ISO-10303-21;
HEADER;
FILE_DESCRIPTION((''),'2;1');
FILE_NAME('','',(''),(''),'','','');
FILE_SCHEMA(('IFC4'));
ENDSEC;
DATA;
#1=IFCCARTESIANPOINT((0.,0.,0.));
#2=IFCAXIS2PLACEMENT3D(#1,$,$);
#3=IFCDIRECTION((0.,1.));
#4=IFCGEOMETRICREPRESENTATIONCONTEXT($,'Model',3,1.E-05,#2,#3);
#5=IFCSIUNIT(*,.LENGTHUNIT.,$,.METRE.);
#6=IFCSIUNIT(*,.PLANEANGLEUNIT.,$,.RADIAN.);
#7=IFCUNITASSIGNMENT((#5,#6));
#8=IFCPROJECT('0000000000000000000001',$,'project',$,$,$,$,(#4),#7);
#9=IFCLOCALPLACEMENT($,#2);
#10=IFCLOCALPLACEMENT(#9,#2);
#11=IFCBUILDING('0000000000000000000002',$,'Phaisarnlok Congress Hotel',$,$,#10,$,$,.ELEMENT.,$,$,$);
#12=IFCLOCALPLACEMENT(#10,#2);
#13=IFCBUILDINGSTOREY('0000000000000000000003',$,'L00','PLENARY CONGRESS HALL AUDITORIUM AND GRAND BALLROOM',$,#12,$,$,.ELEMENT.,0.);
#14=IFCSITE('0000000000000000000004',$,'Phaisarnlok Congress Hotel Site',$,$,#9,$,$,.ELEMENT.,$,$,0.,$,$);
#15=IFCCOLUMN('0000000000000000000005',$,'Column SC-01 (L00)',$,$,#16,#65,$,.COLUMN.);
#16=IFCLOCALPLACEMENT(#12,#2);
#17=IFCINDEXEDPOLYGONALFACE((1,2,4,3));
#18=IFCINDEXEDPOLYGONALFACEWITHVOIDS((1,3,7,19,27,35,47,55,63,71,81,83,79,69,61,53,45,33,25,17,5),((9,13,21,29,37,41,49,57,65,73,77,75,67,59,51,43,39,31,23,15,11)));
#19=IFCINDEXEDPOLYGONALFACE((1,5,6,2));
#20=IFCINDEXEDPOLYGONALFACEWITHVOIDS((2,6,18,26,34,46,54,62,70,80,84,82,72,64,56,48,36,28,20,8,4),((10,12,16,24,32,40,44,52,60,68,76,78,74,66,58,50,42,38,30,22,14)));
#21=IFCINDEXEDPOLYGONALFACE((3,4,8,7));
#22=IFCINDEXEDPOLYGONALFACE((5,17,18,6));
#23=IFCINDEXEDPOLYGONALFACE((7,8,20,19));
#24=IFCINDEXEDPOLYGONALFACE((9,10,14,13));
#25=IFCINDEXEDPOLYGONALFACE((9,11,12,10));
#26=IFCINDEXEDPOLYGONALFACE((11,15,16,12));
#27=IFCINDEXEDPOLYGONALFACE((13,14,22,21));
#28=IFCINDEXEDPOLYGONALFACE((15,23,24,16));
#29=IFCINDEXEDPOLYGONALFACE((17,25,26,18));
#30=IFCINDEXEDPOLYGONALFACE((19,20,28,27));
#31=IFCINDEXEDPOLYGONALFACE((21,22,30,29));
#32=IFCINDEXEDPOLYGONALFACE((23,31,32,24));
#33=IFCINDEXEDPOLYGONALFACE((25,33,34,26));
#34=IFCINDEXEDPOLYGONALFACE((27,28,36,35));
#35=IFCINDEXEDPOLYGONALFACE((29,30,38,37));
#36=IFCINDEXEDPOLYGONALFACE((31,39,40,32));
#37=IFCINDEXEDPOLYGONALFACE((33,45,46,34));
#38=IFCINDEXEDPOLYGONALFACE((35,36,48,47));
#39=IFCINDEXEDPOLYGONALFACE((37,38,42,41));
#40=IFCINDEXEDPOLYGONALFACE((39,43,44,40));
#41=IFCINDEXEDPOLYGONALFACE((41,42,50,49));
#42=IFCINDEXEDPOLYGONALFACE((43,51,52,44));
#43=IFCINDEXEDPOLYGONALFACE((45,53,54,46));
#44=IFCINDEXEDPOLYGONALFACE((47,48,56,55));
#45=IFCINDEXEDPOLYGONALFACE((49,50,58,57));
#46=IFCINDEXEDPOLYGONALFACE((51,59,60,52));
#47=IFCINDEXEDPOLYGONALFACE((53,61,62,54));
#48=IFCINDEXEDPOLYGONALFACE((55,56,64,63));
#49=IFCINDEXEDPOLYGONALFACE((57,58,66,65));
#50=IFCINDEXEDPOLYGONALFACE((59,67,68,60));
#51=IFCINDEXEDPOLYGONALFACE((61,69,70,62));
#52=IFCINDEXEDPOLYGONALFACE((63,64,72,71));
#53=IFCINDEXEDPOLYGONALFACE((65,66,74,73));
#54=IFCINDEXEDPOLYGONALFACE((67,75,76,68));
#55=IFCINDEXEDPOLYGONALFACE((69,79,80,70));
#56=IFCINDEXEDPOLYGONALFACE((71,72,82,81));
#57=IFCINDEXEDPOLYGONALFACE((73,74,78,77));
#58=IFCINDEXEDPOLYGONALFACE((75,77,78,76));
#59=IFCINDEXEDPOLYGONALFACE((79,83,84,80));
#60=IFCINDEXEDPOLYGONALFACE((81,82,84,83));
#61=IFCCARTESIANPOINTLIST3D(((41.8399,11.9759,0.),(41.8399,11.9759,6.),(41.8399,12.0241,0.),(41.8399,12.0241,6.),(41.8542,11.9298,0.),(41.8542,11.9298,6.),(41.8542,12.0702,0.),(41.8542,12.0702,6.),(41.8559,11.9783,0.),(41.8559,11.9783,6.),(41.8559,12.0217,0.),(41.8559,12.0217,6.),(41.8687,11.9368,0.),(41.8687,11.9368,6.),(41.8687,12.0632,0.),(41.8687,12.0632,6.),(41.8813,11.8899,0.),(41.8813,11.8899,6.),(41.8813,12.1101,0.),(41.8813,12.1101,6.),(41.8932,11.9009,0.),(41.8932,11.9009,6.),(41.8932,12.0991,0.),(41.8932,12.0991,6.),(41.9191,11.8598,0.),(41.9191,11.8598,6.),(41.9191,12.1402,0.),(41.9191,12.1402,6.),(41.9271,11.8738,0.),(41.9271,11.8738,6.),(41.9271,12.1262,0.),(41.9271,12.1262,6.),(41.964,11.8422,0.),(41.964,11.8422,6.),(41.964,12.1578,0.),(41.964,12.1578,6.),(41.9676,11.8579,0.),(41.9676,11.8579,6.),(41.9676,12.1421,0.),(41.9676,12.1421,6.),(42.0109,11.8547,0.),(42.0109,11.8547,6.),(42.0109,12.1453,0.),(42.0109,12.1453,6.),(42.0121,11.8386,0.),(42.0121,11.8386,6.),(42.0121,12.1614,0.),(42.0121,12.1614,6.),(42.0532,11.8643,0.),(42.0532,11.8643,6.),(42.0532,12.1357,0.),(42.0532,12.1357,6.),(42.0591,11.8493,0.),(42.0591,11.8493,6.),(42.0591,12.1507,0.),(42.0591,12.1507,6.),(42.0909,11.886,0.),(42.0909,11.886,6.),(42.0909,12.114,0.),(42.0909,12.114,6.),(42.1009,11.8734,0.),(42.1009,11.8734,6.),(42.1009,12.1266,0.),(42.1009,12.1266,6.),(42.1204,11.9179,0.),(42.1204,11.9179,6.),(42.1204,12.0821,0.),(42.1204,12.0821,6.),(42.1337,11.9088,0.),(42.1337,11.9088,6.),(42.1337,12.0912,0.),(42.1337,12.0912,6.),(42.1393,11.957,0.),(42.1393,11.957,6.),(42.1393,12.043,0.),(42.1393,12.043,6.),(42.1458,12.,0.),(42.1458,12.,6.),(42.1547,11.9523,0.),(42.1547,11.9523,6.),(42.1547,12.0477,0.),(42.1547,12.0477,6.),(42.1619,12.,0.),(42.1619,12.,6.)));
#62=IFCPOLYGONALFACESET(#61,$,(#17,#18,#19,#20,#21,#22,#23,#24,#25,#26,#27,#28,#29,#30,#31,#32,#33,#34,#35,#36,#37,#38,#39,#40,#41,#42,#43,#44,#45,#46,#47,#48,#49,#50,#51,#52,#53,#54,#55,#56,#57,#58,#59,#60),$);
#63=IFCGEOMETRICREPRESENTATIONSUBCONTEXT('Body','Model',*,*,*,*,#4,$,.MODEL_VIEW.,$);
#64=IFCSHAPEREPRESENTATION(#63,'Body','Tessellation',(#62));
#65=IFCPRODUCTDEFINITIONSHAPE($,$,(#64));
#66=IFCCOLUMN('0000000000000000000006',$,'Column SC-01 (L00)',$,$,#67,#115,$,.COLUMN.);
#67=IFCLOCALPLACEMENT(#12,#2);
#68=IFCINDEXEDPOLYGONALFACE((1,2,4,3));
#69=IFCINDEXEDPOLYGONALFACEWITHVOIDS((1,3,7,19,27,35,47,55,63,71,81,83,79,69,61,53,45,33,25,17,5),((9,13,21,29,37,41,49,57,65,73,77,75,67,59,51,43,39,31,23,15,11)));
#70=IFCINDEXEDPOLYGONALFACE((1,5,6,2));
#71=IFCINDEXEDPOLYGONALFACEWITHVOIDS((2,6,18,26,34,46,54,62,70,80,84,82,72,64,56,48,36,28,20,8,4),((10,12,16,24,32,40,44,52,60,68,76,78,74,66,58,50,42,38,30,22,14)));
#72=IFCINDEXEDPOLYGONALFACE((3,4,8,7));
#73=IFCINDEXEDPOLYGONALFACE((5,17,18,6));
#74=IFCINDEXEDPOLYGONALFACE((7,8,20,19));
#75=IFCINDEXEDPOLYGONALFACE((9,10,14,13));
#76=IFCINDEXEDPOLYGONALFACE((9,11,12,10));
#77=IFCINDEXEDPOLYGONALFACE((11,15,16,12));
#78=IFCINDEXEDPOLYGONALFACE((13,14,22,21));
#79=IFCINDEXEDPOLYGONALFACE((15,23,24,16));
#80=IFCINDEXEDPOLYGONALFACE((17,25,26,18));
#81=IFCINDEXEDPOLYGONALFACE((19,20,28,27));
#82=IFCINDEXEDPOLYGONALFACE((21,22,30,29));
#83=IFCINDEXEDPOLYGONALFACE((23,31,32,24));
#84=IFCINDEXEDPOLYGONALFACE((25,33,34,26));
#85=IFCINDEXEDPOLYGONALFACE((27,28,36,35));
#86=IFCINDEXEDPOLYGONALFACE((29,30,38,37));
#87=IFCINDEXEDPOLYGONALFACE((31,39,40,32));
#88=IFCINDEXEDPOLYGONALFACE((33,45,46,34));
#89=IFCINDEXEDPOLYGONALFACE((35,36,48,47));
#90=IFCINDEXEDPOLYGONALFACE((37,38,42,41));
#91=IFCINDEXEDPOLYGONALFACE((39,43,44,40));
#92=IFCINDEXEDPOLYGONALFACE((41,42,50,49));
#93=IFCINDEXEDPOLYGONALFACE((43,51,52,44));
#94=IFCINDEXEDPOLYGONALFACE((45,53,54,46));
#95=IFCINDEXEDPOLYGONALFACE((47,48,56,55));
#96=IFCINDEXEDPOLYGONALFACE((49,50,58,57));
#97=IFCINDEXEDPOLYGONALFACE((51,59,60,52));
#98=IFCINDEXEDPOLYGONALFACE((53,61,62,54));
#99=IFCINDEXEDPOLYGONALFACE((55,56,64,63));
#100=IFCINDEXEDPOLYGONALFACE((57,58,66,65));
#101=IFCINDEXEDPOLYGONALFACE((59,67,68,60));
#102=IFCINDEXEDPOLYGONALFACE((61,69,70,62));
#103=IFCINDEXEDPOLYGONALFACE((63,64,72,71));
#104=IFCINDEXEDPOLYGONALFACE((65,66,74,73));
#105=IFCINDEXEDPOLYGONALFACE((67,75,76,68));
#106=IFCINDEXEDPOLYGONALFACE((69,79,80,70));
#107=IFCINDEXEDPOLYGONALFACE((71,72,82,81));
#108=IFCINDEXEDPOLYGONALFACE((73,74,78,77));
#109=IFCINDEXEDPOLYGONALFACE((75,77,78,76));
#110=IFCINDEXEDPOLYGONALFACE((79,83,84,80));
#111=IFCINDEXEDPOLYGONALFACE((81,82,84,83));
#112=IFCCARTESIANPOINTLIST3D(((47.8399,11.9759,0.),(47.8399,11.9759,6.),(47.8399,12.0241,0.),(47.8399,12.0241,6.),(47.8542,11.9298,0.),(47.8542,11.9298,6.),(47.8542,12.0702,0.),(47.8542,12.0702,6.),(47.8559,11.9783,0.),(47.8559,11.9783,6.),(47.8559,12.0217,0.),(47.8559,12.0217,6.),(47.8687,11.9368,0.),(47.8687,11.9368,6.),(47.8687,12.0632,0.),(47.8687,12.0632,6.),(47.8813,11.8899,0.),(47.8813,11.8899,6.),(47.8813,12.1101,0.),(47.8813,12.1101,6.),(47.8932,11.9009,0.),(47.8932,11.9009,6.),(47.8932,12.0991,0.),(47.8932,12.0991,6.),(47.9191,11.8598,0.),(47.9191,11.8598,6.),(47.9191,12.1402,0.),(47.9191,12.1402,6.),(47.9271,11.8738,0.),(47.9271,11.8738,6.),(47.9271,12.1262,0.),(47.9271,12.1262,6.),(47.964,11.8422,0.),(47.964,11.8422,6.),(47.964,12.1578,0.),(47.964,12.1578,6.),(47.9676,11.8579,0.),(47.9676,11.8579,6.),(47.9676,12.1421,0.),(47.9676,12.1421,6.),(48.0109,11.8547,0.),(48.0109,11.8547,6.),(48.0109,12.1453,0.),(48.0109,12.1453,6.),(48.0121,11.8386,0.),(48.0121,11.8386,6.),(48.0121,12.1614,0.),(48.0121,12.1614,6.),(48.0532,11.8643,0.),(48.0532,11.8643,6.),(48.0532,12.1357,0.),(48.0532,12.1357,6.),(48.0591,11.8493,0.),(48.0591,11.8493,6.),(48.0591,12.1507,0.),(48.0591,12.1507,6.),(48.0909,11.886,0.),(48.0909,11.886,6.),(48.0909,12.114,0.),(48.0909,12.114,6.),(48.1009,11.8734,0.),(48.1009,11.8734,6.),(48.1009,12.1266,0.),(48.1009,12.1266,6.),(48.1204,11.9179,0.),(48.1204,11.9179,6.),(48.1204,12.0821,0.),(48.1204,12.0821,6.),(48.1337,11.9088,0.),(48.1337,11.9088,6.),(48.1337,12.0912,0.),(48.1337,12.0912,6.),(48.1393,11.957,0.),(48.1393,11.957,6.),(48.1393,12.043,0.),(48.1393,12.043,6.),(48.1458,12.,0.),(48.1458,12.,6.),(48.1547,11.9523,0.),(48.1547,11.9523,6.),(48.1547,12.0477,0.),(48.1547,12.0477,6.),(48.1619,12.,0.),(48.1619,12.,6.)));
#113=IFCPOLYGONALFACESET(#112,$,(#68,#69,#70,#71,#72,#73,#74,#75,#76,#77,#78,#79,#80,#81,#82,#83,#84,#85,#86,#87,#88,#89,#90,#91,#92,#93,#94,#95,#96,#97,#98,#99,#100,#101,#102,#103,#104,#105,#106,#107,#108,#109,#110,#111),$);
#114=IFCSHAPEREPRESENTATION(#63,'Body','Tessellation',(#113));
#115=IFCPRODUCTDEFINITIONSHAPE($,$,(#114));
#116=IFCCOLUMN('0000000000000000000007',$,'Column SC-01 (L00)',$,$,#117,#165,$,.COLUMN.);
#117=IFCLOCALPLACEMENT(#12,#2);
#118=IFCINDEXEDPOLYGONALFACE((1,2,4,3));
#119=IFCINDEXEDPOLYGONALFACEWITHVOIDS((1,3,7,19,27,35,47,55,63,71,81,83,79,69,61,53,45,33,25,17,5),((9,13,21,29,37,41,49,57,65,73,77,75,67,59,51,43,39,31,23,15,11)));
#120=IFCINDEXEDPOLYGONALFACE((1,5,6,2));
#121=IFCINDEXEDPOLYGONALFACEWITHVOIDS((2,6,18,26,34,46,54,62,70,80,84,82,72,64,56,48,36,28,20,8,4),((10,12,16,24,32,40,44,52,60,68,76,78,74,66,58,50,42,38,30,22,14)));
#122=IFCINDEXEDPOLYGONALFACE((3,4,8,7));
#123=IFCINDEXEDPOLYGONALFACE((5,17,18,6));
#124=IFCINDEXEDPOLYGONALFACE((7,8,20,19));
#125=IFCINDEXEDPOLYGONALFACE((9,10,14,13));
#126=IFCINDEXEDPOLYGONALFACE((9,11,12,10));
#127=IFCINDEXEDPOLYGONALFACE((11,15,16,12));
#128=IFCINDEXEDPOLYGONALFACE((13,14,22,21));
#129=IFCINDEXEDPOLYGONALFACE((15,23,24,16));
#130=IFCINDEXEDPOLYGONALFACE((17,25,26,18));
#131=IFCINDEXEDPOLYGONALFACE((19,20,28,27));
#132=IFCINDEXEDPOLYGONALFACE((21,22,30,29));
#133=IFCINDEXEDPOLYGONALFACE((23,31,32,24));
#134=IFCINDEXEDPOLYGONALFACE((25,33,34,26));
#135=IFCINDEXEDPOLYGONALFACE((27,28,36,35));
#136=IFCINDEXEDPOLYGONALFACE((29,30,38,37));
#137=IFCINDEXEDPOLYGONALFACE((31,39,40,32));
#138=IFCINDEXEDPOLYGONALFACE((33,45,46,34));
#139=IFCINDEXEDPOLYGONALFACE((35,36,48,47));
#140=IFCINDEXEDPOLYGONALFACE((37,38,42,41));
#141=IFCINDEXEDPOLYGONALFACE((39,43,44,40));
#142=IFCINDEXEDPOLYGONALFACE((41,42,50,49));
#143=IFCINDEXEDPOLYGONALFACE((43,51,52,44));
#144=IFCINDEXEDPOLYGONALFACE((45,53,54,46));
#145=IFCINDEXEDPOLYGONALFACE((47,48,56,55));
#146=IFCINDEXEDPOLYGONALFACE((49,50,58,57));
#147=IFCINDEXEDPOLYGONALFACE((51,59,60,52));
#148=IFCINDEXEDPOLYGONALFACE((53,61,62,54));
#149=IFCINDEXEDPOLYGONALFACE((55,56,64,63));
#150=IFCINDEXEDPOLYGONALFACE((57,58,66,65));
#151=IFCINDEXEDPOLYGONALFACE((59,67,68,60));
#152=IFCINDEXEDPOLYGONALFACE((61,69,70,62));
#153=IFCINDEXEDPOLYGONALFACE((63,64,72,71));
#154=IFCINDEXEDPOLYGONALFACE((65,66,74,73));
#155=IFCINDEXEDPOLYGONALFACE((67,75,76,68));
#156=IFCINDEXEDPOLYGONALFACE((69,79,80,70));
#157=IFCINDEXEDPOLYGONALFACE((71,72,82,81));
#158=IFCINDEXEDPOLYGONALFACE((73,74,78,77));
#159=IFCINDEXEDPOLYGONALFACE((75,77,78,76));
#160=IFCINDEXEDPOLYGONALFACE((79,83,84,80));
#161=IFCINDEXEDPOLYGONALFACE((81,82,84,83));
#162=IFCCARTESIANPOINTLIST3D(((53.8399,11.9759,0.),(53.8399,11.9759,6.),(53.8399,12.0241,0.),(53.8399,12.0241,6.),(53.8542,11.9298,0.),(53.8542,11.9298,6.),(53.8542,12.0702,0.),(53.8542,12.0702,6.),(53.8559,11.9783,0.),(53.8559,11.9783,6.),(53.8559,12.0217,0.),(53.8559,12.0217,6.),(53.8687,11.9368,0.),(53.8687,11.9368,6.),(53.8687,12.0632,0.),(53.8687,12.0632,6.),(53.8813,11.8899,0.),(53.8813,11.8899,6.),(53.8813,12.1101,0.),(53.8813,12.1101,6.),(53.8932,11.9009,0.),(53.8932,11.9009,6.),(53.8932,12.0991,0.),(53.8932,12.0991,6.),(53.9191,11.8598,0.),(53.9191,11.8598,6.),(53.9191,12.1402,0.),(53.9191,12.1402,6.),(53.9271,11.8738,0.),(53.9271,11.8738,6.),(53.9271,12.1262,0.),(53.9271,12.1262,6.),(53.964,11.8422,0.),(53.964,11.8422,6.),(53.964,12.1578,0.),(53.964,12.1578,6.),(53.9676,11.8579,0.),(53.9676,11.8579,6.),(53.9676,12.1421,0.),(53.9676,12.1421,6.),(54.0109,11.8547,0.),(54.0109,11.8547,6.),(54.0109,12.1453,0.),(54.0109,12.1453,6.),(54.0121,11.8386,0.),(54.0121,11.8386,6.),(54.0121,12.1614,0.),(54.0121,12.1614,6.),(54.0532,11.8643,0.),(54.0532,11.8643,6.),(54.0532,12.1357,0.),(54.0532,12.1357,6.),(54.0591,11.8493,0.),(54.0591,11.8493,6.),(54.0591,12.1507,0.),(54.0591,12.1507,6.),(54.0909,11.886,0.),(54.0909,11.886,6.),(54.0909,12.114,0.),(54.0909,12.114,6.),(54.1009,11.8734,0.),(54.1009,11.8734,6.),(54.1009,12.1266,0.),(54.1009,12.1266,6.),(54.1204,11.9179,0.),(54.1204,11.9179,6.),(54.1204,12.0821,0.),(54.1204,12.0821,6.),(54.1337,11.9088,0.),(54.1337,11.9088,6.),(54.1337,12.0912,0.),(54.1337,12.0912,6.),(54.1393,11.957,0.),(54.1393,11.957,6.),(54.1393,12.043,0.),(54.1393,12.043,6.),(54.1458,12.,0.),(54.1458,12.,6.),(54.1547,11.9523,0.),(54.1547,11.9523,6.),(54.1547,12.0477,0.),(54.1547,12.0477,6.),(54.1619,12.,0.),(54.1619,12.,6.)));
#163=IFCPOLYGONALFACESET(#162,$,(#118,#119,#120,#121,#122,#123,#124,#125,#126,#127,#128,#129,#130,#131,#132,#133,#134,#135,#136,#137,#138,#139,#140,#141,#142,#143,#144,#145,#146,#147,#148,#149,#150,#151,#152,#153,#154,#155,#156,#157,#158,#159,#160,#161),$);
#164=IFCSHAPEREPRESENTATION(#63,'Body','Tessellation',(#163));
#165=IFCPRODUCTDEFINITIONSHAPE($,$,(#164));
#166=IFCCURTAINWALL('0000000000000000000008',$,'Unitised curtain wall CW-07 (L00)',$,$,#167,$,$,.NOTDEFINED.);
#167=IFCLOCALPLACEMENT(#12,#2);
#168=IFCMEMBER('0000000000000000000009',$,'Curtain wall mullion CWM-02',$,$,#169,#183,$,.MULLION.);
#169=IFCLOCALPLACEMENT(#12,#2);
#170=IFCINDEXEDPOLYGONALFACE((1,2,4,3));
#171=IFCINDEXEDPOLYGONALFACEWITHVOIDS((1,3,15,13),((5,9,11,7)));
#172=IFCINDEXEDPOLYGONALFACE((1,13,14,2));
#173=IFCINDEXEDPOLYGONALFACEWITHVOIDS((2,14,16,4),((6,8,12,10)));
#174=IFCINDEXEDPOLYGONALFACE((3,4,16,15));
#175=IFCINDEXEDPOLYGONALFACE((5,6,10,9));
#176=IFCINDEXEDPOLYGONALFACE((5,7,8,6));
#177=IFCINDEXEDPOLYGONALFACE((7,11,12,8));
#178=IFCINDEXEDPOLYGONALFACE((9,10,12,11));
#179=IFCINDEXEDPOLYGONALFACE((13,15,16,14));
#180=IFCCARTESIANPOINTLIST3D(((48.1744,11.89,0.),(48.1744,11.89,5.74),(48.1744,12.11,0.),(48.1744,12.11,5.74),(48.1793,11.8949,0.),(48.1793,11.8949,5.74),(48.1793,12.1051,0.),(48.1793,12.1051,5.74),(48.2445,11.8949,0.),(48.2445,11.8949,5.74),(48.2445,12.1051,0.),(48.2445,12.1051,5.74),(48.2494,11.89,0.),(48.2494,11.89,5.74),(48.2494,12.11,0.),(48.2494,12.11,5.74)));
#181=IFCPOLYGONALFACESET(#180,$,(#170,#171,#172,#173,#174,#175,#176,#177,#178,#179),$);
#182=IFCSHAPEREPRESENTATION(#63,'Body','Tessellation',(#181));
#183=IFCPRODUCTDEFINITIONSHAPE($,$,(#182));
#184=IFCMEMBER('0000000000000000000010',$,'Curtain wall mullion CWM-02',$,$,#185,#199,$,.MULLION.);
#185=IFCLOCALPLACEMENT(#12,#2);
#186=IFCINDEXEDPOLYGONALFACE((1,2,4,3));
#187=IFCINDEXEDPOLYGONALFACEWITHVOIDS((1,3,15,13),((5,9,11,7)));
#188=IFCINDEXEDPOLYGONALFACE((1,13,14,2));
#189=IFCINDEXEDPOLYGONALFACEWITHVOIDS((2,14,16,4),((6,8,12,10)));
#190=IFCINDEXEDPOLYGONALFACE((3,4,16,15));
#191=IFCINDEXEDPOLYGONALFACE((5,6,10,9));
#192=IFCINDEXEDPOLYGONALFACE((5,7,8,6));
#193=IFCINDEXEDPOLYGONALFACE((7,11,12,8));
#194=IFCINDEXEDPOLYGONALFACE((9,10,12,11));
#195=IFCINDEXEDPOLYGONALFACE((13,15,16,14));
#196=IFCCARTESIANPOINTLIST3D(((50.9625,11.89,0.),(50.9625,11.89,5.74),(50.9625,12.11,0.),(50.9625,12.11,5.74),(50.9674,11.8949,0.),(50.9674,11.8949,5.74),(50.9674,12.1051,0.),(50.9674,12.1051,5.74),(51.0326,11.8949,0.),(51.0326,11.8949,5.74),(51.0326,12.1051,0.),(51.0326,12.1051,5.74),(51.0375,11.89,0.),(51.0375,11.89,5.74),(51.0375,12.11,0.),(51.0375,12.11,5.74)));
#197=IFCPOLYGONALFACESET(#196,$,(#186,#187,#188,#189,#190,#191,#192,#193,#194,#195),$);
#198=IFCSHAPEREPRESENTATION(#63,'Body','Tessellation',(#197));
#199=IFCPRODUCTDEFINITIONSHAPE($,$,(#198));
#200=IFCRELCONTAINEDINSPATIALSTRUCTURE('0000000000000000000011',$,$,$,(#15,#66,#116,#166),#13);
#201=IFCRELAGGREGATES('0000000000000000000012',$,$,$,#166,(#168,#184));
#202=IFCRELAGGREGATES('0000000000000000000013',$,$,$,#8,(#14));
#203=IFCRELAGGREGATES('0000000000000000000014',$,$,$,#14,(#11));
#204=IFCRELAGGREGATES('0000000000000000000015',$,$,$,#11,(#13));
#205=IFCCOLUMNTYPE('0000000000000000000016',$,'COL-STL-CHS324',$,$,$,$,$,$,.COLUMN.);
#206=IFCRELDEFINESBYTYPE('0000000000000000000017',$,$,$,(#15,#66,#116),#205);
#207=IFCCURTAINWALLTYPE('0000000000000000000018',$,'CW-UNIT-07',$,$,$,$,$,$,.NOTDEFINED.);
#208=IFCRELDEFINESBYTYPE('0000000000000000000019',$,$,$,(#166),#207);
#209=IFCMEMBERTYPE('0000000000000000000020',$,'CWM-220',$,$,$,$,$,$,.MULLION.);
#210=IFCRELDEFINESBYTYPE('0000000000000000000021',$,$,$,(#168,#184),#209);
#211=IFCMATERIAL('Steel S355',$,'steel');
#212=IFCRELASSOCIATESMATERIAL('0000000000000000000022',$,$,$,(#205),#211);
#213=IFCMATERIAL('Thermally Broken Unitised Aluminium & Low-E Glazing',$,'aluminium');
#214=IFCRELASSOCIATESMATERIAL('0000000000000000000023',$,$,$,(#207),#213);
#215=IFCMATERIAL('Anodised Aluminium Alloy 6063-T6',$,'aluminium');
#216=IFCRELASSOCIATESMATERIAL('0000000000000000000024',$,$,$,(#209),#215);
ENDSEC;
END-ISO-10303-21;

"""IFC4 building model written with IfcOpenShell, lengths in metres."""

from ifc_helpers import new_model, si_unit, direction, frame, origin, origin_2d, place, context, subcontext, project, spatial, hollow_rectangle, hollow_circle, extrude, material, material_profile, profile_set, type_object, element, aggregate, save


model = new_model("IFC4")

# Units and contexts
model_context = context("Model", 3, precision=1e-05, world=origin(), true_north=direction((0.0, 1.0)))
body_context = subcontext(model_context, "Body", "Model", "MODEL_VIEW")
ifc_project = project(units=[si_unit("LENGTHUNIT", "METRE"), si_unit("PLANEANGLEUNIT", "RADIAN")], contexts=[model_context])

# Site, building, storey
site_placement = place(None, origin())
site = spatial("IfcSite", under=ifc_project, at=site_placement, Name="Phaisarnlok Congress Hotel Site", CompositionType="ELEMENT", RefElevation=0.0)
building_placement = place(site_placement, origin())
building = spatial("IfcBuilding", under=site, at=building_placement, Name="Phaisarnlok Congress Hotel", CompositionType="ELEMENT")
storey_placement = place(building_placement, origin())
storey = spatial("IfcBuildingStorey", under=building, at=storey_placement, Name="L00", Description="PLENARY CONGRESS HALL AUDITORIUM AND GRAND BALLROOM", CompositionType="ELEMENT", Elevation=0.0)

# Columns
ifc_material_1 = material(Name="Steel S355", Category="steel")
ifc_material_profile_1 = material_profile(ifc_material_1, hollow_circle(Radius=0.1619, WallThickness=0.0161, at=origin_2d()), Name="CHS 323.9x16")
ifc_profile_set_1 = profile_set([ifc_material_profile_1], Name="Steel S355")
column_type_1 = type_object("IfcColumnType", Name="COL-STL-CHS324", PredefinedType="COLUMN", material=ifc_profile_set_1)
for number, where, z_axis, x_axis, name in (
    (1, (42.0, 12.0, 0.0), (0.0, 0.0, 1.0), (1.0, 0.0, 0.0), "Column SC-01 (L00)"),
    (2, (48.0, 12.0, 0.0), (0.0, 0.0, 1.0), (1.0, 0.0, 0.0), "Column SC-01 (L00)"),
    (3, (54.0, 12.0, 0.0), (0.0, 0.0, 1.0), (1.0, 0.0, 0.0), "Column SC-01 (L00)"),
):
    element("IfcColumn", number, at=place(storey_placement, frame(where, z_axis=z_axis, x_axis=x_axis)), inside=storey, type_object=column_type_1, Name=name, PredefinedType="COLUMN", context=body_context, shape_type="SweptSolid", body=[
        extrude(hollow_circle(Radius=0.1619, WallThickness=0.0161, at=origin_2d()), origin(), (0.0, 0.0, 1.0), 6.0),
    ])

# Curtain wall, members
ifc_material_2 = material(Name="Thermally Broken Unitised Aluminium & Low-E Glazing", Category="aluminium")
curtain_wall_type = type_object("IfcCurtainWallType", Name="CW-UNIT-07", PredefinedType="NOTDEFINED", material=ifc_material_2)
curtain_wall_placement = place(storey_placement, origin())
curtain_wall = element("IfcCurtainWall", 4, at=curtain_wall_placement, inside=storey, type_object=curtain_wall_type, Name="Unitised curtain wall CW-07 (L00)", PredefinedType="NOTDEFINED")
ifc_material_3 = material(Name="Anodised Aluminium Alloy 6063-T6", Category="aluminium")
ifc_material_profile_2 = material_profile(ifc_material_3, hollow_rectangle(XDim=0.075, YDim=0.22, WallThickness=0.0049, at=origin_2d()), Name="ALU-M 75x220x5")
ifc_profile_set_2 = profile_set([ifc_material_profile_2], Name="Anodised Aluminium Alloy 6063-T6")
member_type_1 = type_object("IfcMemberType", Name="CWM-220", PredefinedType="MULLION", material=ifc_profile_set_2)
member_1_placement = place(storey_placement, frame((48.2119, 12.0, 0.0), z_axis=(0.0, 0.0, 1.0), x_axis=(1.0, 0.0, 0.0)))
member_1 = element("IfcMember", 5, at=member_1_placement, type_object=member_type_1, Name="Curtain wall mullion CWM-02", PredefinedType="MULLION", context=body_context, shape_type="SweptSolid", body=[
    extrude(hollow_rectangle(XDim=0.075, YDim=0.22, WallThickness=0.0049, at=origin_2d()), origin(), (0.0, 0.0, 1.0), 5.74),
])
member_2_placement = place(storey_placement, frame((51.0, 12.0, 0.0), z_axis=(0.0, 0.0, 1.0), x_axis=(1.0, 0.0, 0.0)))
member_2 = element("IfcMember", 6, at=member_2_placement, type_object=member_type_1, Name="Curtain wall mullion CWM-02", PredefinedType="MULLION", context=body_context, shape_type="SweptSolid", body=[
    extrude(hollow_rectangle(XDim=0.075, YDim=0.22, WallThickness=0.0049, at=origin_2d()), origin(), (0.0, 0.0, 1.0), 5.74),
])
aggregate(curtain_wall, [member_1, member_2])

save(model, "model.ifc")
